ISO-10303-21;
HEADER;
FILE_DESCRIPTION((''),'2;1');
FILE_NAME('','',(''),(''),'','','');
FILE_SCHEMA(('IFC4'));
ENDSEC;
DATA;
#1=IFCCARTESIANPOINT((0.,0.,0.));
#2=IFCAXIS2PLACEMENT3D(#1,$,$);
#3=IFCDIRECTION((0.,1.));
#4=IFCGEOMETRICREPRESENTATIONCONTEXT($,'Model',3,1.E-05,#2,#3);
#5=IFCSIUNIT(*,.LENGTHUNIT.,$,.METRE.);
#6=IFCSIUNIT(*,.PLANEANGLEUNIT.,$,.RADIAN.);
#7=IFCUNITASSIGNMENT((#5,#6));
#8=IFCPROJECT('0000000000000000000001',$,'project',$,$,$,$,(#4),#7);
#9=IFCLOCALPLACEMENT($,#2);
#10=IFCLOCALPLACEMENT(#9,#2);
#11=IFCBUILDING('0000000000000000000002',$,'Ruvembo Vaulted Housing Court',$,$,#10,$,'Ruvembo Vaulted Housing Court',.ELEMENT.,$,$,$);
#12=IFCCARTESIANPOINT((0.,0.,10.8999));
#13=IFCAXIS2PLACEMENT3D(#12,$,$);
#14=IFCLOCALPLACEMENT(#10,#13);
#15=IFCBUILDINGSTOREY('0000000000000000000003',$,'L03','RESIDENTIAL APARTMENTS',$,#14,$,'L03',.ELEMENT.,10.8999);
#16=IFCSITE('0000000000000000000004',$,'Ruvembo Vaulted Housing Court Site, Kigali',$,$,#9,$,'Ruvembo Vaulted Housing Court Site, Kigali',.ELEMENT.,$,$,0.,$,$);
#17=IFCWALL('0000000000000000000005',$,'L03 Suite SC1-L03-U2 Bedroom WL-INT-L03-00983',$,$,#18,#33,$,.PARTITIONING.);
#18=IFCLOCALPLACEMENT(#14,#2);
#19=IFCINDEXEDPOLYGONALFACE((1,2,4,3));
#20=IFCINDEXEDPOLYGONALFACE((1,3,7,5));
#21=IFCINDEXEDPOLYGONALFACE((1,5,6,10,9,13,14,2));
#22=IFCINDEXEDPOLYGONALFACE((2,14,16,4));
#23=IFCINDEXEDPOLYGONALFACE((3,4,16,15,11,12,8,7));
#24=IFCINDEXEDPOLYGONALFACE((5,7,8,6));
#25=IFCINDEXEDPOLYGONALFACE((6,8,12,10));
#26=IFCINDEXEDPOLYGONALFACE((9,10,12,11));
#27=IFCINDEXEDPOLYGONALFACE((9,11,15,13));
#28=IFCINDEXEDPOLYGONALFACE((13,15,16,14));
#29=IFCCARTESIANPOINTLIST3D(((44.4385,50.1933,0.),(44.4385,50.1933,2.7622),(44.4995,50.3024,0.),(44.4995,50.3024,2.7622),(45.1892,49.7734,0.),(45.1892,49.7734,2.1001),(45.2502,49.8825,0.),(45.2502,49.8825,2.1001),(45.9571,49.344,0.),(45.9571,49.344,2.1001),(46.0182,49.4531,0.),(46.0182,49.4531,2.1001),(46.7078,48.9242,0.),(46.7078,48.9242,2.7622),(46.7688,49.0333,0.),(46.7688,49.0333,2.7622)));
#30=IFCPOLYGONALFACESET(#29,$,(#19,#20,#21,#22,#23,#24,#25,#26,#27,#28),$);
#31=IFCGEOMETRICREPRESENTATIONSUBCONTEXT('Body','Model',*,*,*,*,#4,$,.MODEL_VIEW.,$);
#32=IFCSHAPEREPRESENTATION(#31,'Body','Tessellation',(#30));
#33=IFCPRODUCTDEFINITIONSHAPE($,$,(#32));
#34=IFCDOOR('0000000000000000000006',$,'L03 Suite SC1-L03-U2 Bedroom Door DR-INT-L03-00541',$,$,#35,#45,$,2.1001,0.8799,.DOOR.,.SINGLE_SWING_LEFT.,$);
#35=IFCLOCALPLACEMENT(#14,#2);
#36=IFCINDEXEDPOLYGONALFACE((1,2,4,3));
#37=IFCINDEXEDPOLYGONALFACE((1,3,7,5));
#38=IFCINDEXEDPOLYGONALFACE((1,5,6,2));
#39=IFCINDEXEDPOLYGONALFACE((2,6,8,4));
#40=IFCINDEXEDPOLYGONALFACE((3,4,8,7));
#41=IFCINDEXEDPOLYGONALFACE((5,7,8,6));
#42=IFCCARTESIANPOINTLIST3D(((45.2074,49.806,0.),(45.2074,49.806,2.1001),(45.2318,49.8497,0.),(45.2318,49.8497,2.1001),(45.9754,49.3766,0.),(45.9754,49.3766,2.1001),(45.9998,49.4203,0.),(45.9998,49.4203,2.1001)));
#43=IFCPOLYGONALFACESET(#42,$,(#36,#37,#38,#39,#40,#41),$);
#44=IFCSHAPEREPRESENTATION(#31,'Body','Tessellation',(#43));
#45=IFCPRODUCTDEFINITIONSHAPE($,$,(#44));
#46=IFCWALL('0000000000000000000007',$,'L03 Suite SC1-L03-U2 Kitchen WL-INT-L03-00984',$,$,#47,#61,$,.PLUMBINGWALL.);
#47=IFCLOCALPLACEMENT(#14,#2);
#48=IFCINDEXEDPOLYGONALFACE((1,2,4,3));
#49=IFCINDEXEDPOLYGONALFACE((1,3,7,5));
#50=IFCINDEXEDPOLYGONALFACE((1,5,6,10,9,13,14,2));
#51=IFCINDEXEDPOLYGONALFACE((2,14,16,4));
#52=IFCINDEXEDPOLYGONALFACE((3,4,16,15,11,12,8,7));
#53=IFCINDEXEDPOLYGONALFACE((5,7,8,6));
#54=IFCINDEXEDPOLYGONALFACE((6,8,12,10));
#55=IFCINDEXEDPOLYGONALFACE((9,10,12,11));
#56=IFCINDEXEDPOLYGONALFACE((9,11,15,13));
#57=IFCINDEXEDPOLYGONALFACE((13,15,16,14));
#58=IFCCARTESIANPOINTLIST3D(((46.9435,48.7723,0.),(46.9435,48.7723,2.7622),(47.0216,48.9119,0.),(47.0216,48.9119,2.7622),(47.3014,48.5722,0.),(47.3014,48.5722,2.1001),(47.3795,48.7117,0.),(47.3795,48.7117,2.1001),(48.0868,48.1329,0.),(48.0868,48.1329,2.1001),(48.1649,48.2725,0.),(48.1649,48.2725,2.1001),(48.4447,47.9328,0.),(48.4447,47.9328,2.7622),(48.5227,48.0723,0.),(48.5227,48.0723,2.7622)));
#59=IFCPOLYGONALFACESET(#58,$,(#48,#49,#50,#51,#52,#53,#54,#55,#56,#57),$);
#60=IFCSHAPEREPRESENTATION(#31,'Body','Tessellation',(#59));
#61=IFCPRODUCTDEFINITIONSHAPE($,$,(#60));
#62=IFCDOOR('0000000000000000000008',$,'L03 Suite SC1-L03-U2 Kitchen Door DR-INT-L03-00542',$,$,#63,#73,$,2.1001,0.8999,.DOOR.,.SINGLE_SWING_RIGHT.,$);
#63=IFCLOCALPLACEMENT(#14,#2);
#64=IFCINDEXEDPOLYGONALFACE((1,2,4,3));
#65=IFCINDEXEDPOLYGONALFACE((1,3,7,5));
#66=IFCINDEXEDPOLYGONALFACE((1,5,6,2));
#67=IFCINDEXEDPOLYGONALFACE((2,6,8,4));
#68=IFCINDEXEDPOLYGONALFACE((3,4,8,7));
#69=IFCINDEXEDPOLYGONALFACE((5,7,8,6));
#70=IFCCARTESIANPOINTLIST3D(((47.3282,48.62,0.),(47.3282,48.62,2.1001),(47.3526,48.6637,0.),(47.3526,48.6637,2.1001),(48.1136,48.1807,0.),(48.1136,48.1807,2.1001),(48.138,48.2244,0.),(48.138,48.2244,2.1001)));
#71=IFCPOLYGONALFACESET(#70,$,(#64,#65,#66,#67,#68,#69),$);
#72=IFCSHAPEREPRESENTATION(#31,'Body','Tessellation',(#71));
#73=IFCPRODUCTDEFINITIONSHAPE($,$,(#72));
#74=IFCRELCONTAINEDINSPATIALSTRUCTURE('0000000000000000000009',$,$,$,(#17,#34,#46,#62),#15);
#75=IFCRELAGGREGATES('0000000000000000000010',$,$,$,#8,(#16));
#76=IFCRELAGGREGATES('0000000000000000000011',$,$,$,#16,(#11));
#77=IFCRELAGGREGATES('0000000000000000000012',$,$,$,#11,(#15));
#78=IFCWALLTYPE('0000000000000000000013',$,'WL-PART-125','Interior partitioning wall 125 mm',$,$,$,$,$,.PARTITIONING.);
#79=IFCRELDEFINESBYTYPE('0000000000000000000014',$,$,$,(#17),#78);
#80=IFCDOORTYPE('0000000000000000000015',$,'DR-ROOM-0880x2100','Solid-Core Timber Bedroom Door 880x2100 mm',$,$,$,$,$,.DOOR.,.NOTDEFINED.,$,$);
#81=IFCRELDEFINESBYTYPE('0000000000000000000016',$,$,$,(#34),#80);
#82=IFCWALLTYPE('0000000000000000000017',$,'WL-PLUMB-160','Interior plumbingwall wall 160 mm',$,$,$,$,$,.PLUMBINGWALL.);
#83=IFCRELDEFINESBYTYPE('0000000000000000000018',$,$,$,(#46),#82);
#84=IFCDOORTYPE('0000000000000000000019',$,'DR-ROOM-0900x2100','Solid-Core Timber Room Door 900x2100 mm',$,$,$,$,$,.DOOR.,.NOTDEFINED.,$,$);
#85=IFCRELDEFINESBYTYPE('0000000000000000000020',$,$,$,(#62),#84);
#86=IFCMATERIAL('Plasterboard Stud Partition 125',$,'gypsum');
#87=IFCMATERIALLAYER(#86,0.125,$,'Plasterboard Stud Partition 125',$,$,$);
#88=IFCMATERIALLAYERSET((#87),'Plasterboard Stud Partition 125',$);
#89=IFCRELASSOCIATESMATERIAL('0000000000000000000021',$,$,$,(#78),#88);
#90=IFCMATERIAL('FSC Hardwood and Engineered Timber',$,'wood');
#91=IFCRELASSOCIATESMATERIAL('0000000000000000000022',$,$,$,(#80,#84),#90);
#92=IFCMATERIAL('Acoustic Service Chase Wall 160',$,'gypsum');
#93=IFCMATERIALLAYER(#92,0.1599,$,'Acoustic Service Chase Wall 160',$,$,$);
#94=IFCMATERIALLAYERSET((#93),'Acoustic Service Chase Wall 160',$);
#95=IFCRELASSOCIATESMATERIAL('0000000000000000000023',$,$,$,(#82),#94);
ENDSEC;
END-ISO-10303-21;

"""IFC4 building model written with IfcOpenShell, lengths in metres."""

from ifc_helpers import new_model, si_unit, direction, frame, frame_2d, origin, place, context, subcontext, project, spatial, rectangle, extrude, material, layer, layer_set, type_object, element, fill, save


model = new_model("IFC4")

# Units and contexts
model_context = context("Model", 3, precision=1e-05, world=origin(), true_north=direction((0.0, 1.0)))
body_context = subcontext(model_context, "Body", "Model", "MODEL_VIEW")
ifc_project = project(units=[si_unit("LENGTHUNIT", "METRE"), si_unit("PLANEANGLEUNIT", "RADIAN")], contexts=[model_context])

# Site, building, storey
site_placement = place(None, origin())
site = spatial("IfcSite", under=ifc_project, at=site_placement, Name="Ruvembo Vaulted Housing Court Site, Kigali", LongName="Ruvembo Vaulted Housing Court Site, Kigali", CompositionType="ELEMENT", RefElevation=0.0)
building_placement = place(site_placement, origin())
building = spatial("IfcBuilding", under=site, at=building_placement, Name="Ruvembo Vaulted Housing Court", LongName="Ruvembo Vaulted Housing Court", CompositionType="ELEMENT")
storey_placement = place(building_placement, frame((0.0, 0.0, 10.8999)))
storey = spatial("IfcBuildingStorey", under=building, at=storey_placement, Name="L03", Description="RESIDENTIAL APARTMENTS", LongName="L03", CompositionType="ELEMENT", Elevation=10.8999)

# Walls, openings, doors
ifc_material_1 = material(Name="Plasterboard Stud Partition 125", Category="gypsum")
ifc_layer_1 = layer(ifc_material_1, 0.125, Name="Plasterboard Stud Partition 125")
ifc_layer_set_1 = layer_set([ifc_layer_1], Name="Plasterboard Stud Partition 125")
wall_type_1 = type_object("IfcWallType", Name="WL-PART-125", Description="Interior partitioning wall 125 mm", PredefinedType="PARTITIONING", material=ifc_layer_set_1)
wall_1_placement = place(storey_placement, frame((44.469, 50.2478, 0.0), z_axis=(0.0, 0.0, 1.0), x_axis=(0.872794, -0.488089, 0.0)))
wall_1 = element("IfcWall", 1, at=wall_1_placement, inside=storey, type_object=wall_type_1, Name="L03 Suite SC1-L03-U2 Bedroom WL-INT-L03-00983", PredefinedType="PARTITIONING", context=body_context, shape_type="SweptSolid", body=[
    extrude(rectangle(XDim=2.6001, YDim=0.125, at=frame_2d((1.3, 0.0))), origin(), (0.0, 0.0, 1.0), 2.7622),
])
opening_1_placement = place(wall_1_placement, frame((0.8601, 0.0, 0.0)))
opening_1 = element("IfcOpeningElement", 2, at=opening_1_placement, cuts=wall_1, PredefinedType="OPENING", context=body_context, shape_type="SweptSolid", body=[
    extrude(rectangle(XDim=0.8799, YDim=2.1001, at=frame_2d((0.4399, 1.05))), frame((0.0, 0.0725, 0.0), z_axis=(0.0, -1.0, 0.0), x_axis=(1.0, 0.0, 0.0)), (0.0, 0.0, 1.0), 0.145),
])
ifc_material_2 = material(Name="FSC Hardwood and Engineered Timber", Category="wood")
door_type_1 = type_object("IfcDoorType", Name="DR-ROOM-0880x2100", Description="Solid-Core Timber Bedroom Door 880x2100 mm", OperationType="NOTDEFINED", PredefinedType="DOOR", material=ifc_material_2)
door_1_placement = place(opening_1_placement, origin())
door_1 = element("IfcDoor", 3, at=door_1_placement, inside=storey, type_object=door_type_1, Name="L03 Suite SC1-L03-U2 Bedroom Door DR-INT-L03-00541", OperationType="SINGLE_SWING_LEFT", OverallHeight=2.1001, OverallWidth=0.8799, PredefinedType="DOOR", context=body_context, shape_type="SweptSolid", body=[
    extrude(rectangle(XDim=0.8799, YDim=2.1001, at=frame_2d((0.4399, 1.05))), frame((0.0, 0.0249, 0.0), z_axis=(0.0, -1.0, 0.0), x_axis=(1.0, 0.0, 0.0)), (0.0, 0.0, 1.0), 0.05),
])
fill(opening_1, door_1)
ifc_material_3 = material(Name="Acoustic Service Chase Wall 160", Category="gypsum")
ifc_layer_2 = layer(ifc_material_3, 0.1599, Name="Acoustic Service Chase Wall 160")
ifc_layer_set_2 = layer_set([ifc_layer_2], Name="Acoustic Service Chase Wall 160")
wall_type_2 = type_object("IfcWallType", Name="WL-PLUMB-160", Description="Interior plumbingwall wall 160 mm", PredefinedType="PLUMBINGWALL", material=ifc_layer_set_2)
wall_2_placement = place(storey_placement, frame((46.9827, 48.842, 0.0), z_axis=(0.0, 0.0, 1.0), x_axis=(0.872775, -0.488124, 0.0)))
wall_2 = element("IfcWall", 4, at=wall_2_placement, inside=storey, type_object=wall_type_2, Name="L03 Suite SC1-L03-U2 Kitchen WL-INT-L03-00984", PredefinedType="PLUMBINGWALL", context=body_context, shape_type="SweptSolid", body=[
    extrude(rectangle(XDim=1.72, YDim=0.1599, at=frame_2d((0.8599, 0.0))), origin(), (0.0, 0.0, 1.0), 2.7622),
])
opening_2_placement = place(wall_2_placement, frame((0.4099, 0.0, 0.0)))
opening_2 = element("IfcOpeningElement", 5, at=opening_2_placement, cuts=wall_2, PredefinedType="OPENING", context=body_context, shape_type="SweptSolid", body=[
    extrude(rectangle(XDim=0.8999, YDim=2.1001, at=frame_2d((0.45, 1.05))), frame((0.0, 0.0898, 0.0), z_axis=(0.0, -1.0, 0.0), x_axis=(1.0, 0.0, 0.0)), (0.0, 0.0, 1.0), 0.1799),
])
door_type_2 = type_object("IfcDoorType", Name="DR-ROOM-0900x2100", Description="Solid-Core Timber Room Door 900x2100 mm", OperationType="NOTDEFINED", PredefinedType="DOOR", material=ifc_material_2)
door_2_placement = place(opening_2_placement, origin())
door_2 = element("IfcDoor", 6, at=door_2_placement, inside=storey, type_object=door_type_2, Name="L03 Suite SC1-L03-U2 Kitchen Door DR-INT-L03-00542", OperationType="SINGLE_SWING_RIGHT", OverallHeight=2.1001, OverallWidth=0.8999, PredefinedType="DOOR", context=body_context, shape_type="SweptSolid", body=[
    extrude(rectangle(XDim=0.8999, YDim=2.1001, at=frame_2d((0.45, 1.05))), frame((0.0, 0.0249, 0.0), z_axis=(0.0, -1.0, 0.0), x_axis=(1.0, 0.0, 0.0)), (0.0, 0.0, 1.0), 0.05),
])
fill(opening_2, door_2)

save(model, "model.ifc")
